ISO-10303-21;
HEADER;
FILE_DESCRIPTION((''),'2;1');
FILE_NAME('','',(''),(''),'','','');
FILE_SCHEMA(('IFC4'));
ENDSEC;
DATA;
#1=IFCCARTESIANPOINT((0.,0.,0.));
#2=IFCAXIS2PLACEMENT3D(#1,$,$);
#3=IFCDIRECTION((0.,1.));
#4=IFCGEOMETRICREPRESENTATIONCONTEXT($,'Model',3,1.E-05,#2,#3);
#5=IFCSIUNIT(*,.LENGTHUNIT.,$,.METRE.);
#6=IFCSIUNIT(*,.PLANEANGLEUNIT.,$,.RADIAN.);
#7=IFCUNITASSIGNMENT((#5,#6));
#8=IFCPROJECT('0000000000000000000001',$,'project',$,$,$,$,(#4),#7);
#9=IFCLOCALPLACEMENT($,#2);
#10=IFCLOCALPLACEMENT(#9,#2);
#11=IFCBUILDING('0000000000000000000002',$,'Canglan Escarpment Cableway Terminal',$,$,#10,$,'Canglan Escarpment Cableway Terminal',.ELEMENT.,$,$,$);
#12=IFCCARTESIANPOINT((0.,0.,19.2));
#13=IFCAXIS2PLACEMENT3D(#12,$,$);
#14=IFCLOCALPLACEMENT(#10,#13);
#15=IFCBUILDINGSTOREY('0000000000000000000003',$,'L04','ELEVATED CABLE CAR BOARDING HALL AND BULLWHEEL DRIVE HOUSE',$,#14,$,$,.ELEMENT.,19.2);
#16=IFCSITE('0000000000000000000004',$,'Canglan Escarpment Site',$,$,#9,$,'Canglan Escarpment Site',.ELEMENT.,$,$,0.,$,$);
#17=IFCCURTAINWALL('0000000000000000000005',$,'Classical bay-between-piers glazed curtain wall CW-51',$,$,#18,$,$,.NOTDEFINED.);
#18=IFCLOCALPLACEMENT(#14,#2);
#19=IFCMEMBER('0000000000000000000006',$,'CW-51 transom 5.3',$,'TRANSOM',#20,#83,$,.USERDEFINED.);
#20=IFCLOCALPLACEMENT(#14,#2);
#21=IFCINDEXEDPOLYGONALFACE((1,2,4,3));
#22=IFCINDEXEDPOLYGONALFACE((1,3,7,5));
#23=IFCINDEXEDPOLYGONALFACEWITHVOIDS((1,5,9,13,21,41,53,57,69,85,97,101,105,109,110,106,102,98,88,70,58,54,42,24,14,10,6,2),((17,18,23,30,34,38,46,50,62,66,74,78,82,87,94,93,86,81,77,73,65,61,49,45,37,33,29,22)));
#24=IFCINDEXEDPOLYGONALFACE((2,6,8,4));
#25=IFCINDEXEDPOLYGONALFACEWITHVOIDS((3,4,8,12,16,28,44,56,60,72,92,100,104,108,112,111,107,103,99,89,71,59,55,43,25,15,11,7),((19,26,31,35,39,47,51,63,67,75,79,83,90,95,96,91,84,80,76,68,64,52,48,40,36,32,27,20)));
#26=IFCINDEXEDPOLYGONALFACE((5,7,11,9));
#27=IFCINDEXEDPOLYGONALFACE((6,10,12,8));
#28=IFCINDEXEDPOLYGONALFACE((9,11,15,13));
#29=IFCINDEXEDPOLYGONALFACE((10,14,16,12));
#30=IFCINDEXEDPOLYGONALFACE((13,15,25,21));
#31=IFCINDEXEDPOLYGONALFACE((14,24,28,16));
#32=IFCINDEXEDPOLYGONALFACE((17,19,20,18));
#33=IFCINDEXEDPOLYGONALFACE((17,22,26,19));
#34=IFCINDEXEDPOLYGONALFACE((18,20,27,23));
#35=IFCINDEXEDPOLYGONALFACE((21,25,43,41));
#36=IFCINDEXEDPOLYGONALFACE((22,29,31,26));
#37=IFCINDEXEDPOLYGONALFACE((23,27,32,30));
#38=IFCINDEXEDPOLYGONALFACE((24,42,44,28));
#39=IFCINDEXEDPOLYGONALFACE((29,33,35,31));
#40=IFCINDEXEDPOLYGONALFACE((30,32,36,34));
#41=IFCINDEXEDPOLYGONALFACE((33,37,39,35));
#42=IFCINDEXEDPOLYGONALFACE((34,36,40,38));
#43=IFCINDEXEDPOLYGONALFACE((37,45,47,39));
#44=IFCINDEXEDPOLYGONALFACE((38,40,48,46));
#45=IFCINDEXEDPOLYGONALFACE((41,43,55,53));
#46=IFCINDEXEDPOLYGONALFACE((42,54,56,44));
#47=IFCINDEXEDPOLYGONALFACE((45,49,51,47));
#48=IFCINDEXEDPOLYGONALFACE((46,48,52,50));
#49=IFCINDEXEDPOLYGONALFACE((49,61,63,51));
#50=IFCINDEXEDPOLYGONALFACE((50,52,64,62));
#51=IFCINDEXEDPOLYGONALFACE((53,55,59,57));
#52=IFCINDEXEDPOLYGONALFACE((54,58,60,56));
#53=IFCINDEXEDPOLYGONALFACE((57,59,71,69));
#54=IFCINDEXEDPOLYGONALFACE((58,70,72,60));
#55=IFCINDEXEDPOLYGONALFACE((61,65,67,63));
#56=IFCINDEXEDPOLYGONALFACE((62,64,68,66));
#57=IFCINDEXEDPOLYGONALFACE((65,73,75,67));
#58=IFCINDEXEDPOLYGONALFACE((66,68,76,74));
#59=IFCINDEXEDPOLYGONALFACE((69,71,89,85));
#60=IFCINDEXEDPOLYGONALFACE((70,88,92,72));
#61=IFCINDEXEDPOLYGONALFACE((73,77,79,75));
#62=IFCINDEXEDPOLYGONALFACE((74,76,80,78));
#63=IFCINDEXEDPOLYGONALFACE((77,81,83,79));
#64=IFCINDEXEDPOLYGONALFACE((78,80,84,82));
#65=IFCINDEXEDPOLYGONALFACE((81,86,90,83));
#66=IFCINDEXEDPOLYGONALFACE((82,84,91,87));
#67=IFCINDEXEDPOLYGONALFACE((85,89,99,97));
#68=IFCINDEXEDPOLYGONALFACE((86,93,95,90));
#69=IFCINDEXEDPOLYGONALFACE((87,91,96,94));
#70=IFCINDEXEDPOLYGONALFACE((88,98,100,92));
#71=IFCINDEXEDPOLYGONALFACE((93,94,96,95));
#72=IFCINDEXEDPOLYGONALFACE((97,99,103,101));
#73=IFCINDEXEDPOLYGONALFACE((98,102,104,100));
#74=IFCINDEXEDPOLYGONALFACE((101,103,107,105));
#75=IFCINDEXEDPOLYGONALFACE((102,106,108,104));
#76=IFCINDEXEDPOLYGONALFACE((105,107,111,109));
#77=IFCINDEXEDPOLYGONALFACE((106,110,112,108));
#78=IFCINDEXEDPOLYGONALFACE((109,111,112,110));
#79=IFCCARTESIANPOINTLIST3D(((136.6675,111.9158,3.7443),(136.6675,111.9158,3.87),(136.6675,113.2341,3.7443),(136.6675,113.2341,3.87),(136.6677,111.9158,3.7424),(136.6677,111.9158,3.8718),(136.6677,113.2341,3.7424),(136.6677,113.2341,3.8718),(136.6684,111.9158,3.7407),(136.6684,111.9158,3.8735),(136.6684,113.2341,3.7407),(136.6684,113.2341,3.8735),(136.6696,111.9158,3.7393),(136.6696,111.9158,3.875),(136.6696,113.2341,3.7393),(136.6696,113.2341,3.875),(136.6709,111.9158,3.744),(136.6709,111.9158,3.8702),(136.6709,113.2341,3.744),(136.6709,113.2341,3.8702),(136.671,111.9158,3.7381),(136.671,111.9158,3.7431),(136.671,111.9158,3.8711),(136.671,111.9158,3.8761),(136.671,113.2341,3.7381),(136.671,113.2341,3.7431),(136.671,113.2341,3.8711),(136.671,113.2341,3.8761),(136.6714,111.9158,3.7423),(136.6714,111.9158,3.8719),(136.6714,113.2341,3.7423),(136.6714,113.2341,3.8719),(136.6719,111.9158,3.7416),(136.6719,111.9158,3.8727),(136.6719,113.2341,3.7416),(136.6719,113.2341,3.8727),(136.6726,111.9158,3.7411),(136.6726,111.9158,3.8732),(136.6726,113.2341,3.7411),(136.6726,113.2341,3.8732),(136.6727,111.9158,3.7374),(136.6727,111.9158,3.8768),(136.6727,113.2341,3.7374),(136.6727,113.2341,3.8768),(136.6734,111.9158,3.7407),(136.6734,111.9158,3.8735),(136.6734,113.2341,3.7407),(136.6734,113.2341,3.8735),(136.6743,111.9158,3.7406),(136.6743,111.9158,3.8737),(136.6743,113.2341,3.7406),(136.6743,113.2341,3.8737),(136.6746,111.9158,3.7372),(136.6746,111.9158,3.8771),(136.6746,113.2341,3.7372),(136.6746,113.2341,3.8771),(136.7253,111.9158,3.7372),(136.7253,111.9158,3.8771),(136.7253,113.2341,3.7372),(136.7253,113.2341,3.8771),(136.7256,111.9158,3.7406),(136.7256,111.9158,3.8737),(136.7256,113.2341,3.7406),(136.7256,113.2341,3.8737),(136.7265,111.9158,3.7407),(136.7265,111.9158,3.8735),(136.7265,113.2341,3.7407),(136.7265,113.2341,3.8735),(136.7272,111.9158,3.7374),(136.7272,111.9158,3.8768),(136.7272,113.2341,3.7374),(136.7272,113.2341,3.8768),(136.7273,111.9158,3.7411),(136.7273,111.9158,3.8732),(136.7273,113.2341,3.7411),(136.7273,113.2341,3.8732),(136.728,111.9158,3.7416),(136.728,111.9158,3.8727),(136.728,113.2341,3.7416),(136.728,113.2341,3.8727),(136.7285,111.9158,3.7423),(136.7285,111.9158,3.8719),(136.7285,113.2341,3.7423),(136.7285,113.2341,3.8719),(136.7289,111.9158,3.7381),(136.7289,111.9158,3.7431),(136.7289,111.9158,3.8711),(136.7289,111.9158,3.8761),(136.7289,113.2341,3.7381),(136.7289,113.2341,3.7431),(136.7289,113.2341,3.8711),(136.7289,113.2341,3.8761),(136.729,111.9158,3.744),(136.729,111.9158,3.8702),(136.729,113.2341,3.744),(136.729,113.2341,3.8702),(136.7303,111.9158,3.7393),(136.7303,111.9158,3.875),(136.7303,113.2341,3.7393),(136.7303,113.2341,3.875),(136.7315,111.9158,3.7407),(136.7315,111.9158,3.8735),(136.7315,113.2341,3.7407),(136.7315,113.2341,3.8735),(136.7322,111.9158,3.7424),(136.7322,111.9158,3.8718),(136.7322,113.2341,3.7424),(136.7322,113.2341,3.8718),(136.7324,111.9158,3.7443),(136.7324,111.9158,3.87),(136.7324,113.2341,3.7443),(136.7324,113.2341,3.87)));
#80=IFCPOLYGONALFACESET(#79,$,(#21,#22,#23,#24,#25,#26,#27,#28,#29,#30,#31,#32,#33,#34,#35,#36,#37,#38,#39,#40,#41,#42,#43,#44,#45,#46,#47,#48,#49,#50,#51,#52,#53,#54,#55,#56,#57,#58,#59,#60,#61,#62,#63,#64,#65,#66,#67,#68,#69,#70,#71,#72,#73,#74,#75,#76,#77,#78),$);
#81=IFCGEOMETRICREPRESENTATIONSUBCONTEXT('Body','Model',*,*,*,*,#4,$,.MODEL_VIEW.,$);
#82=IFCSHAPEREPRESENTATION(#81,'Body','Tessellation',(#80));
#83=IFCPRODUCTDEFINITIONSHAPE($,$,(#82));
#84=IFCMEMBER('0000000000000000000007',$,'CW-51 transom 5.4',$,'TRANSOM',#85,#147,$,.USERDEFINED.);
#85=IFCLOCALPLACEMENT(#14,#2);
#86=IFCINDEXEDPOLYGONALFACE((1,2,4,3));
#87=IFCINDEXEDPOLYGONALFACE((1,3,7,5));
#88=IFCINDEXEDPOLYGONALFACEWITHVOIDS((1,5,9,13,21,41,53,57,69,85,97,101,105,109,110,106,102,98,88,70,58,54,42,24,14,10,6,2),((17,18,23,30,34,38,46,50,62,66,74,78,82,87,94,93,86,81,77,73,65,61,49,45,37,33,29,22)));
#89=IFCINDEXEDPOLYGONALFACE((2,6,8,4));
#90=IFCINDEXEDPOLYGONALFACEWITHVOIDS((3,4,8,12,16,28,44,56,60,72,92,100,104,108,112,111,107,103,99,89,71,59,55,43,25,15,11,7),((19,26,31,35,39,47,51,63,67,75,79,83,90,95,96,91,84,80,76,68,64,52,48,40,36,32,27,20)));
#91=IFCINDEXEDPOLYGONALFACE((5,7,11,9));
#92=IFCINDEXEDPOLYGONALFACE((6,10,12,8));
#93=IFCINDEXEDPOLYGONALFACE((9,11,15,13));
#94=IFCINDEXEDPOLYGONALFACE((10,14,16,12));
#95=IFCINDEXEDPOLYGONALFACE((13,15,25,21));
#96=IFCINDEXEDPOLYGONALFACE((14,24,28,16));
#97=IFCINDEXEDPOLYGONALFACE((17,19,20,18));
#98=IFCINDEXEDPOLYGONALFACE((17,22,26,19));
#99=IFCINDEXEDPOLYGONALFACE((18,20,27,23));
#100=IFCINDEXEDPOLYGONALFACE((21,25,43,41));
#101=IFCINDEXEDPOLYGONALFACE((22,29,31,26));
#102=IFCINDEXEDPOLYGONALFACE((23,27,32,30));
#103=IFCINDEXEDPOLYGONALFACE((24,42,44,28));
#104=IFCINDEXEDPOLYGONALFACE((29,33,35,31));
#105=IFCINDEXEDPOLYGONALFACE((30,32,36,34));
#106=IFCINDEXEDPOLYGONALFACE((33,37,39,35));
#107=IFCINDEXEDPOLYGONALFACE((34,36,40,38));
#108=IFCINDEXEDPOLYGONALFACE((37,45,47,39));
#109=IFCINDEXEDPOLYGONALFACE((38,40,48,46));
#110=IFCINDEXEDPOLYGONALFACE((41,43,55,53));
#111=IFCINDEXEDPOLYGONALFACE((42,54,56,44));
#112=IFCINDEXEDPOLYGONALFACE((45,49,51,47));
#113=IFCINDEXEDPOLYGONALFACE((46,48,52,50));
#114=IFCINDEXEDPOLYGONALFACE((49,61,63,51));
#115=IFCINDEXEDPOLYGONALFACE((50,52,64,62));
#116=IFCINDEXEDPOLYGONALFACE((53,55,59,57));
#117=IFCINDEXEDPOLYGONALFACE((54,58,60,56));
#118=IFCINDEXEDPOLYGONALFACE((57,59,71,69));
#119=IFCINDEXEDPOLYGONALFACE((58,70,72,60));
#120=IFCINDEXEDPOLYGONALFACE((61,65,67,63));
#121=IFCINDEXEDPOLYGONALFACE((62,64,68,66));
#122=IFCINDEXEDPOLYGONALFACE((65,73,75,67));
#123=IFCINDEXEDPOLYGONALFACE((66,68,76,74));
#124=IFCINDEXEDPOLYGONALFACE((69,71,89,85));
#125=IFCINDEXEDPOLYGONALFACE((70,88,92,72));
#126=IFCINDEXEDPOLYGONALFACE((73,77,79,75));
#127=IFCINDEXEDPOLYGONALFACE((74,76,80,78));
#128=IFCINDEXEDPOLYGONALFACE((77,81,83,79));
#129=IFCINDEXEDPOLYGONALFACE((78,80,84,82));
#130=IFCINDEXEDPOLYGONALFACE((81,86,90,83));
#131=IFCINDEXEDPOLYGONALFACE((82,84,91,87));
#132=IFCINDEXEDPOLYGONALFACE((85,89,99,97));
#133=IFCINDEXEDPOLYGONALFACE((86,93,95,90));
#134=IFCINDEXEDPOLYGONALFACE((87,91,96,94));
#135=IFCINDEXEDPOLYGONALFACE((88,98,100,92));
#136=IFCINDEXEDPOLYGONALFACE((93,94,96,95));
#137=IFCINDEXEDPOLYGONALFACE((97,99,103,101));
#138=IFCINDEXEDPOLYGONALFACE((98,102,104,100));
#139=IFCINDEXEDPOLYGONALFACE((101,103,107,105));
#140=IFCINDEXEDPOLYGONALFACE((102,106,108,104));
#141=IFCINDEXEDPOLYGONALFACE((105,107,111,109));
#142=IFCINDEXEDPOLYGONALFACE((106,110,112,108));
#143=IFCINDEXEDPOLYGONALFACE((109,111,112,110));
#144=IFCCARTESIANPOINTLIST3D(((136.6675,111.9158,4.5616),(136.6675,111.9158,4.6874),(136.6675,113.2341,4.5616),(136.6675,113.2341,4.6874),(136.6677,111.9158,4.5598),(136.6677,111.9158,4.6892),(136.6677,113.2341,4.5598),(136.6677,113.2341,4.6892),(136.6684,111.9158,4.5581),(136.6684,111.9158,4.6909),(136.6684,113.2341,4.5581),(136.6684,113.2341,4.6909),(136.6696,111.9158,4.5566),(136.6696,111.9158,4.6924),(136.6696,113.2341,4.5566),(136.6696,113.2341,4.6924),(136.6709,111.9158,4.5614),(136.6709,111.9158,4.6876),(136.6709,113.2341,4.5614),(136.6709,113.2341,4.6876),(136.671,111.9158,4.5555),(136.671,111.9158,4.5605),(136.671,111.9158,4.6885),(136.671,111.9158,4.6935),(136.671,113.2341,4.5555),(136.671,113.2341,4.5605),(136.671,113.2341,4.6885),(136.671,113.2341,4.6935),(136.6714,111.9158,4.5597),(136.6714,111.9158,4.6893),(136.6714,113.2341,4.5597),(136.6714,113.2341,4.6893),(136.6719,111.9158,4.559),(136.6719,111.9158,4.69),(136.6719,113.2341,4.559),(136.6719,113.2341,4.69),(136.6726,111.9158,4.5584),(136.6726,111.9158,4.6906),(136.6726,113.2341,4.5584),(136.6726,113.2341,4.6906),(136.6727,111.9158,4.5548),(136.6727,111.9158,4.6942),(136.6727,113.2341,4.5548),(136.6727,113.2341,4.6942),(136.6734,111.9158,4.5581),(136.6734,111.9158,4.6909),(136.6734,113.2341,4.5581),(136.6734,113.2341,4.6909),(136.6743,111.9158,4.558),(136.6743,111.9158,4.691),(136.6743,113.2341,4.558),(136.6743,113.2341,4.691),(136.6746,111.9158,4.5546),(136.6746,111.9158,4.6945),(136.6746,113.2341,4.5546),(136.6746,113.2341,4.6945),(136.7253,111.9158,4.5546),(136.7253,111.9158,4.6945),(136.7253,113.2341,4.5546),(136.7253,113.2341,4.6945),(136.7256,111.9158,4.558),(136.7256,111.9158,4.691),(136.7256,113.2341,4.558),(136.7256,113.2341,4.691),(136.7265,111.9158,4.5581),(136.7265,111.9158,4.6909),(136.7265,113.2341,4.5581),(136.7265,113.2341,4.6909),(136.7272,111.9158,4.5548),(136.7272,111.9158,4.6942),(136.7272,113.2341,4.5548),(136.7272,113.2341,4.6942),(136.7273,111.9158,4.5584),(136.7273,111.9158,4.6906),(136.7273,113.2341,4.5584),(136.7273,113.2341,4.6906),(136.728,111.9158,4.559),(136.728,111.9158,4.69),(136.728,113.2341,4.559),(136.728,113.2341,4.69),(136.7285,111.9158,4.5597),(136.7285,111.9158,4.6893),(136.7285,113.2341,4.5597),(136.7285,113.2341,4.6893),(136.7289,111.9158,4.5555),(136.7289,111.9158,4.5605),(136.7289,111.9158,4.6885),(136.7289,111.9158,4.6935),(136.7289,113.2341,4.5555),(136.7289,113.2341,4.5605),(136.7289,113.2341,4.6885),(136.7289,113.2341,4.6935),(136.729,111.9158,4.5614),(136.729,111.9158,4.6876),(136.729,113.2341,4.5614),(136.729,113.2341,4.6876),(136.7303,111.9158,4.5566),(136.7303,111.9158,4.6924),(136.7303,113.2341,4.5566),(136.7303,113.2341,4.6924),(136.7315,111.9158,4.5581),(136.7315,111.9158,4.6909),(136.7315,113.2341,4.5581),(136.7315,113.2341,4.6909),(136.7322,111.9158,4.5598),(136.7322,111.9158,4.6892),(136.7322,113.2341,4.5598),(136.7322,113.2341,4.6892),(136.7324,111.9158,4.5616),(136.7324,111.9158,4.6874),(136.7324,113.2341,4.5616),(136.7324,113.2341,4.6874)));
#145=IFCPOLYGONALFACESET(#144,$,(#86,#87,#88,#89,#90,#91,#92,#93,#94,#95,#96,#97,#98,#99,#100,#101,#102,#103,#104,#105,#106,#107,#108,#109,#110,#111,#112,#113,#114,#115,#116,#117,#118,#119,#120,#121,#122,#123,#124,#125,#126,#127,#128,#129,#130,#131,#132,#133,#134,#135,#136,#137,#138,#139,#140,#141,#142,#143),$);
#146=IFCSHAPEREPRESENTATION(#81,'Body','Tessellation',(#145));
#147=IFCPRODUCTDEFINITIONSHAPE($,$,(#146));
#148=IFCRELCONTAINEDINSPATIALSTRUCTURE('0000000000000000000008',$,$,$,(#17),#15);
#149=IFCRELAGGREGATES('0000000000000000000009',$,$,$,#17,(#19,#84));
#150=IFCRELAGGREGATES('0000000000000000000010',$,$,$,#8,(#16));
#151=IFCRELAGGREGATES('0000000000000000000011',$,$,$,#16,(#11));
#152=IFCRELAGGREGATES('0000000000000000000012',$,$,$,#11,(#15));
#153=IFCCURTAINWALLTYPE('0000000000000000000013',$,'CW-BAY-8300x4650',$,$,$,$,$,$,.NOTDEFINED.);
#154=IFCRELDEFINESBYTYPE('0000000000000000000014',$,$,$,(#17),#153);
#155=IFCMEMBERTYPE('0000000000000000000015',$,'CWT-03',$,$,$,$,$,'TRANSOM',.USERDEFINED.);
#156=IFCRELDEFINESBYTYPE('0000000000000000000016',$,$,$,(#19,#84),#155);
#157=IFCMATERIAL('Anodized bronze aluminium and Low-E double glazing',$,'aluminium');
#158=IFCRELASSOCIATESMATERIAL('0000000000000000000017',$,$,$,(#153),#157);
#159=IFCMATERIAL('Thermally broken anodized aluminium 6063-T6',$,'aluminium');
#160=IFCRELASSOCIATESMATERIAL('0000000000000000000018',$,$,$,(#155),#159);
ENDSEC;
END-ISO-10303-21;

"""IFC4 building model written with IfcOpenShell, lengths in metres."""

from ifc_helpers import new_model, si_unit, direction, frame, origin, origin_2d, place, context, subcontext, project, spatial, hollow_rectangle, extrude, material, material_profile, profile_set, type_object, element, aggregate, save


model = new_model("IFC4")

# Units and contexts
model_context = context("Model", 3, precision=1e-05, world=origin(), true_north=direction((0.0, 1.0)))
body_context = subcontext(model_context, "Body", "Model", "MODEL_VIEW")
ifc_project = project(units=[si_unit("LENGTHUNIT", "METRE"), si_unit("PLANEANGLEUNIT", "RADIAN")], contexts=[model_context])

# Site, building, storey
site_placement = place(None, origin())
site = spatial("IfcSite", under=ifc_project, at=site_placement, Name="Canglan Escarpment Site", LongName="Canglan Escarpment Site", CompositionType="ELEMENT", RefElevation=0.0)
building_placement = place(site_placement, origin())
building = spatial("IfcBuilding", under=site, at=building_placement, Name="Canglan Escarpment Cableway Terminal", LongName="Canglan Escarpment Cableway Terminal", CompositionType="ELEMENT")
storey_placement = place(building_placement, frame((0.0, 0.0, 19.2)))
storey = spatial("IfcBuildingStorey", under=building, at=storey_placement, Name="L04", Description="ELEVATED CABLE CAR BOARDING HALL AND BULLWHEEL DRIVE HOUSE", CompositionType="ELEMENT", Elevation=19.2)

# Shared definitions
ifc_material_1 = material(Name="Anodized bronze aluminium and Low-E double glazing", Category="aluminium")
ifc_material_2 = material(Name="Thermally broken anodized aluminium 6063-T6", Category="aluminium")

# Curtain wall, members
curtain_wall_type_1 = type_object("IfcCurtainWallType", Name="CW-BAY-8300x4650", PredefinedType="NOTDEFINED", material=ifc_material_1)
curtain_wall_1_placement = place(storey_placement, origin())
curtain_wall_1 = element("IfcCurtainWall", 1, at=curtain_wall_1_placement, inside=storey, type_object=curtain_wall_type_1, Name="Classical bay-between-piers glazed curtain wall CW-51", PredefinedType="NOTDEFINED")
ifc_material_profile_1 = material_profile(ifc_material_2, hollow_rectangle(XDim=0.0649, YDim=0.1399, WallThickness=0.0034, InnerFilletRadius=0.0034, OuterFilletRadius=0.0071, at=origin_2d()), Name="ALU-TRAN 65x140x3.5")
ifc_profile_set_1 = profile_set([ifc_material_profile_1], Name="Thermally broken anodized aluminium 6063-T6")
member_type_1 = type_object("IfcMemberType", Name="CWT-03", ElementType="TRANSOM", PredefinedType="USERDEFINED", material=ifc_profile_set_1)
member_1_placement = place(storey_placement, frame((136.7, 111.9158, 3.8071), z_axis=(0.0, 1.0, 0.0), x_axis=(-1.0, 0.0, 0.0)))
member_1 = element("IfcMember", 2, at=member_1_placement, type_object=member_type_1, Name="CW-51 transom 5.3", ObjectType="TRANSOM", PredefinedType="USERDEFINED", context=body_context, shape_type="SweptSolid", body=[
    extrude(hollow_rectangle(XDim=0.0649, YDim=0.1399, WallThickness=0.0034, InnerFilletRadius=0.0034, OuterFilletRadius=0.0071, at=origin_2d()), origin(), (0.0, 0.0, 1.0), 1.3184),
])
member_2_placement = place(storey_placement, frame((136.7, 111.9158, 4.6245), z_axis=(0.0, 1.0, 0.0), x_axis=(-1.0, 0.0, 0.0)))
member_2 = element("IfcMember", 3, at=member_2_placement, type_object=member_type_1, Name="CW-51 transom 5.4", ObjectType="TRANSOM", PredefinedType="USERDEFINED", context=body_context, shape_type="SweptSolid", body=[
    extrude(hollow_rectangle(XDim=0.0649, YDim=0.1399, WallThickness=0.0034, InnerFilletRadius=0.0034, OuterFilletRadius=0.0071, at=origin_2d()), origin(), (0.0, 0.0, 1.0), 1.3184),
])

aggregate(curtain_wall_1, [member_1, member_2])

save(model, "model.ifc")
